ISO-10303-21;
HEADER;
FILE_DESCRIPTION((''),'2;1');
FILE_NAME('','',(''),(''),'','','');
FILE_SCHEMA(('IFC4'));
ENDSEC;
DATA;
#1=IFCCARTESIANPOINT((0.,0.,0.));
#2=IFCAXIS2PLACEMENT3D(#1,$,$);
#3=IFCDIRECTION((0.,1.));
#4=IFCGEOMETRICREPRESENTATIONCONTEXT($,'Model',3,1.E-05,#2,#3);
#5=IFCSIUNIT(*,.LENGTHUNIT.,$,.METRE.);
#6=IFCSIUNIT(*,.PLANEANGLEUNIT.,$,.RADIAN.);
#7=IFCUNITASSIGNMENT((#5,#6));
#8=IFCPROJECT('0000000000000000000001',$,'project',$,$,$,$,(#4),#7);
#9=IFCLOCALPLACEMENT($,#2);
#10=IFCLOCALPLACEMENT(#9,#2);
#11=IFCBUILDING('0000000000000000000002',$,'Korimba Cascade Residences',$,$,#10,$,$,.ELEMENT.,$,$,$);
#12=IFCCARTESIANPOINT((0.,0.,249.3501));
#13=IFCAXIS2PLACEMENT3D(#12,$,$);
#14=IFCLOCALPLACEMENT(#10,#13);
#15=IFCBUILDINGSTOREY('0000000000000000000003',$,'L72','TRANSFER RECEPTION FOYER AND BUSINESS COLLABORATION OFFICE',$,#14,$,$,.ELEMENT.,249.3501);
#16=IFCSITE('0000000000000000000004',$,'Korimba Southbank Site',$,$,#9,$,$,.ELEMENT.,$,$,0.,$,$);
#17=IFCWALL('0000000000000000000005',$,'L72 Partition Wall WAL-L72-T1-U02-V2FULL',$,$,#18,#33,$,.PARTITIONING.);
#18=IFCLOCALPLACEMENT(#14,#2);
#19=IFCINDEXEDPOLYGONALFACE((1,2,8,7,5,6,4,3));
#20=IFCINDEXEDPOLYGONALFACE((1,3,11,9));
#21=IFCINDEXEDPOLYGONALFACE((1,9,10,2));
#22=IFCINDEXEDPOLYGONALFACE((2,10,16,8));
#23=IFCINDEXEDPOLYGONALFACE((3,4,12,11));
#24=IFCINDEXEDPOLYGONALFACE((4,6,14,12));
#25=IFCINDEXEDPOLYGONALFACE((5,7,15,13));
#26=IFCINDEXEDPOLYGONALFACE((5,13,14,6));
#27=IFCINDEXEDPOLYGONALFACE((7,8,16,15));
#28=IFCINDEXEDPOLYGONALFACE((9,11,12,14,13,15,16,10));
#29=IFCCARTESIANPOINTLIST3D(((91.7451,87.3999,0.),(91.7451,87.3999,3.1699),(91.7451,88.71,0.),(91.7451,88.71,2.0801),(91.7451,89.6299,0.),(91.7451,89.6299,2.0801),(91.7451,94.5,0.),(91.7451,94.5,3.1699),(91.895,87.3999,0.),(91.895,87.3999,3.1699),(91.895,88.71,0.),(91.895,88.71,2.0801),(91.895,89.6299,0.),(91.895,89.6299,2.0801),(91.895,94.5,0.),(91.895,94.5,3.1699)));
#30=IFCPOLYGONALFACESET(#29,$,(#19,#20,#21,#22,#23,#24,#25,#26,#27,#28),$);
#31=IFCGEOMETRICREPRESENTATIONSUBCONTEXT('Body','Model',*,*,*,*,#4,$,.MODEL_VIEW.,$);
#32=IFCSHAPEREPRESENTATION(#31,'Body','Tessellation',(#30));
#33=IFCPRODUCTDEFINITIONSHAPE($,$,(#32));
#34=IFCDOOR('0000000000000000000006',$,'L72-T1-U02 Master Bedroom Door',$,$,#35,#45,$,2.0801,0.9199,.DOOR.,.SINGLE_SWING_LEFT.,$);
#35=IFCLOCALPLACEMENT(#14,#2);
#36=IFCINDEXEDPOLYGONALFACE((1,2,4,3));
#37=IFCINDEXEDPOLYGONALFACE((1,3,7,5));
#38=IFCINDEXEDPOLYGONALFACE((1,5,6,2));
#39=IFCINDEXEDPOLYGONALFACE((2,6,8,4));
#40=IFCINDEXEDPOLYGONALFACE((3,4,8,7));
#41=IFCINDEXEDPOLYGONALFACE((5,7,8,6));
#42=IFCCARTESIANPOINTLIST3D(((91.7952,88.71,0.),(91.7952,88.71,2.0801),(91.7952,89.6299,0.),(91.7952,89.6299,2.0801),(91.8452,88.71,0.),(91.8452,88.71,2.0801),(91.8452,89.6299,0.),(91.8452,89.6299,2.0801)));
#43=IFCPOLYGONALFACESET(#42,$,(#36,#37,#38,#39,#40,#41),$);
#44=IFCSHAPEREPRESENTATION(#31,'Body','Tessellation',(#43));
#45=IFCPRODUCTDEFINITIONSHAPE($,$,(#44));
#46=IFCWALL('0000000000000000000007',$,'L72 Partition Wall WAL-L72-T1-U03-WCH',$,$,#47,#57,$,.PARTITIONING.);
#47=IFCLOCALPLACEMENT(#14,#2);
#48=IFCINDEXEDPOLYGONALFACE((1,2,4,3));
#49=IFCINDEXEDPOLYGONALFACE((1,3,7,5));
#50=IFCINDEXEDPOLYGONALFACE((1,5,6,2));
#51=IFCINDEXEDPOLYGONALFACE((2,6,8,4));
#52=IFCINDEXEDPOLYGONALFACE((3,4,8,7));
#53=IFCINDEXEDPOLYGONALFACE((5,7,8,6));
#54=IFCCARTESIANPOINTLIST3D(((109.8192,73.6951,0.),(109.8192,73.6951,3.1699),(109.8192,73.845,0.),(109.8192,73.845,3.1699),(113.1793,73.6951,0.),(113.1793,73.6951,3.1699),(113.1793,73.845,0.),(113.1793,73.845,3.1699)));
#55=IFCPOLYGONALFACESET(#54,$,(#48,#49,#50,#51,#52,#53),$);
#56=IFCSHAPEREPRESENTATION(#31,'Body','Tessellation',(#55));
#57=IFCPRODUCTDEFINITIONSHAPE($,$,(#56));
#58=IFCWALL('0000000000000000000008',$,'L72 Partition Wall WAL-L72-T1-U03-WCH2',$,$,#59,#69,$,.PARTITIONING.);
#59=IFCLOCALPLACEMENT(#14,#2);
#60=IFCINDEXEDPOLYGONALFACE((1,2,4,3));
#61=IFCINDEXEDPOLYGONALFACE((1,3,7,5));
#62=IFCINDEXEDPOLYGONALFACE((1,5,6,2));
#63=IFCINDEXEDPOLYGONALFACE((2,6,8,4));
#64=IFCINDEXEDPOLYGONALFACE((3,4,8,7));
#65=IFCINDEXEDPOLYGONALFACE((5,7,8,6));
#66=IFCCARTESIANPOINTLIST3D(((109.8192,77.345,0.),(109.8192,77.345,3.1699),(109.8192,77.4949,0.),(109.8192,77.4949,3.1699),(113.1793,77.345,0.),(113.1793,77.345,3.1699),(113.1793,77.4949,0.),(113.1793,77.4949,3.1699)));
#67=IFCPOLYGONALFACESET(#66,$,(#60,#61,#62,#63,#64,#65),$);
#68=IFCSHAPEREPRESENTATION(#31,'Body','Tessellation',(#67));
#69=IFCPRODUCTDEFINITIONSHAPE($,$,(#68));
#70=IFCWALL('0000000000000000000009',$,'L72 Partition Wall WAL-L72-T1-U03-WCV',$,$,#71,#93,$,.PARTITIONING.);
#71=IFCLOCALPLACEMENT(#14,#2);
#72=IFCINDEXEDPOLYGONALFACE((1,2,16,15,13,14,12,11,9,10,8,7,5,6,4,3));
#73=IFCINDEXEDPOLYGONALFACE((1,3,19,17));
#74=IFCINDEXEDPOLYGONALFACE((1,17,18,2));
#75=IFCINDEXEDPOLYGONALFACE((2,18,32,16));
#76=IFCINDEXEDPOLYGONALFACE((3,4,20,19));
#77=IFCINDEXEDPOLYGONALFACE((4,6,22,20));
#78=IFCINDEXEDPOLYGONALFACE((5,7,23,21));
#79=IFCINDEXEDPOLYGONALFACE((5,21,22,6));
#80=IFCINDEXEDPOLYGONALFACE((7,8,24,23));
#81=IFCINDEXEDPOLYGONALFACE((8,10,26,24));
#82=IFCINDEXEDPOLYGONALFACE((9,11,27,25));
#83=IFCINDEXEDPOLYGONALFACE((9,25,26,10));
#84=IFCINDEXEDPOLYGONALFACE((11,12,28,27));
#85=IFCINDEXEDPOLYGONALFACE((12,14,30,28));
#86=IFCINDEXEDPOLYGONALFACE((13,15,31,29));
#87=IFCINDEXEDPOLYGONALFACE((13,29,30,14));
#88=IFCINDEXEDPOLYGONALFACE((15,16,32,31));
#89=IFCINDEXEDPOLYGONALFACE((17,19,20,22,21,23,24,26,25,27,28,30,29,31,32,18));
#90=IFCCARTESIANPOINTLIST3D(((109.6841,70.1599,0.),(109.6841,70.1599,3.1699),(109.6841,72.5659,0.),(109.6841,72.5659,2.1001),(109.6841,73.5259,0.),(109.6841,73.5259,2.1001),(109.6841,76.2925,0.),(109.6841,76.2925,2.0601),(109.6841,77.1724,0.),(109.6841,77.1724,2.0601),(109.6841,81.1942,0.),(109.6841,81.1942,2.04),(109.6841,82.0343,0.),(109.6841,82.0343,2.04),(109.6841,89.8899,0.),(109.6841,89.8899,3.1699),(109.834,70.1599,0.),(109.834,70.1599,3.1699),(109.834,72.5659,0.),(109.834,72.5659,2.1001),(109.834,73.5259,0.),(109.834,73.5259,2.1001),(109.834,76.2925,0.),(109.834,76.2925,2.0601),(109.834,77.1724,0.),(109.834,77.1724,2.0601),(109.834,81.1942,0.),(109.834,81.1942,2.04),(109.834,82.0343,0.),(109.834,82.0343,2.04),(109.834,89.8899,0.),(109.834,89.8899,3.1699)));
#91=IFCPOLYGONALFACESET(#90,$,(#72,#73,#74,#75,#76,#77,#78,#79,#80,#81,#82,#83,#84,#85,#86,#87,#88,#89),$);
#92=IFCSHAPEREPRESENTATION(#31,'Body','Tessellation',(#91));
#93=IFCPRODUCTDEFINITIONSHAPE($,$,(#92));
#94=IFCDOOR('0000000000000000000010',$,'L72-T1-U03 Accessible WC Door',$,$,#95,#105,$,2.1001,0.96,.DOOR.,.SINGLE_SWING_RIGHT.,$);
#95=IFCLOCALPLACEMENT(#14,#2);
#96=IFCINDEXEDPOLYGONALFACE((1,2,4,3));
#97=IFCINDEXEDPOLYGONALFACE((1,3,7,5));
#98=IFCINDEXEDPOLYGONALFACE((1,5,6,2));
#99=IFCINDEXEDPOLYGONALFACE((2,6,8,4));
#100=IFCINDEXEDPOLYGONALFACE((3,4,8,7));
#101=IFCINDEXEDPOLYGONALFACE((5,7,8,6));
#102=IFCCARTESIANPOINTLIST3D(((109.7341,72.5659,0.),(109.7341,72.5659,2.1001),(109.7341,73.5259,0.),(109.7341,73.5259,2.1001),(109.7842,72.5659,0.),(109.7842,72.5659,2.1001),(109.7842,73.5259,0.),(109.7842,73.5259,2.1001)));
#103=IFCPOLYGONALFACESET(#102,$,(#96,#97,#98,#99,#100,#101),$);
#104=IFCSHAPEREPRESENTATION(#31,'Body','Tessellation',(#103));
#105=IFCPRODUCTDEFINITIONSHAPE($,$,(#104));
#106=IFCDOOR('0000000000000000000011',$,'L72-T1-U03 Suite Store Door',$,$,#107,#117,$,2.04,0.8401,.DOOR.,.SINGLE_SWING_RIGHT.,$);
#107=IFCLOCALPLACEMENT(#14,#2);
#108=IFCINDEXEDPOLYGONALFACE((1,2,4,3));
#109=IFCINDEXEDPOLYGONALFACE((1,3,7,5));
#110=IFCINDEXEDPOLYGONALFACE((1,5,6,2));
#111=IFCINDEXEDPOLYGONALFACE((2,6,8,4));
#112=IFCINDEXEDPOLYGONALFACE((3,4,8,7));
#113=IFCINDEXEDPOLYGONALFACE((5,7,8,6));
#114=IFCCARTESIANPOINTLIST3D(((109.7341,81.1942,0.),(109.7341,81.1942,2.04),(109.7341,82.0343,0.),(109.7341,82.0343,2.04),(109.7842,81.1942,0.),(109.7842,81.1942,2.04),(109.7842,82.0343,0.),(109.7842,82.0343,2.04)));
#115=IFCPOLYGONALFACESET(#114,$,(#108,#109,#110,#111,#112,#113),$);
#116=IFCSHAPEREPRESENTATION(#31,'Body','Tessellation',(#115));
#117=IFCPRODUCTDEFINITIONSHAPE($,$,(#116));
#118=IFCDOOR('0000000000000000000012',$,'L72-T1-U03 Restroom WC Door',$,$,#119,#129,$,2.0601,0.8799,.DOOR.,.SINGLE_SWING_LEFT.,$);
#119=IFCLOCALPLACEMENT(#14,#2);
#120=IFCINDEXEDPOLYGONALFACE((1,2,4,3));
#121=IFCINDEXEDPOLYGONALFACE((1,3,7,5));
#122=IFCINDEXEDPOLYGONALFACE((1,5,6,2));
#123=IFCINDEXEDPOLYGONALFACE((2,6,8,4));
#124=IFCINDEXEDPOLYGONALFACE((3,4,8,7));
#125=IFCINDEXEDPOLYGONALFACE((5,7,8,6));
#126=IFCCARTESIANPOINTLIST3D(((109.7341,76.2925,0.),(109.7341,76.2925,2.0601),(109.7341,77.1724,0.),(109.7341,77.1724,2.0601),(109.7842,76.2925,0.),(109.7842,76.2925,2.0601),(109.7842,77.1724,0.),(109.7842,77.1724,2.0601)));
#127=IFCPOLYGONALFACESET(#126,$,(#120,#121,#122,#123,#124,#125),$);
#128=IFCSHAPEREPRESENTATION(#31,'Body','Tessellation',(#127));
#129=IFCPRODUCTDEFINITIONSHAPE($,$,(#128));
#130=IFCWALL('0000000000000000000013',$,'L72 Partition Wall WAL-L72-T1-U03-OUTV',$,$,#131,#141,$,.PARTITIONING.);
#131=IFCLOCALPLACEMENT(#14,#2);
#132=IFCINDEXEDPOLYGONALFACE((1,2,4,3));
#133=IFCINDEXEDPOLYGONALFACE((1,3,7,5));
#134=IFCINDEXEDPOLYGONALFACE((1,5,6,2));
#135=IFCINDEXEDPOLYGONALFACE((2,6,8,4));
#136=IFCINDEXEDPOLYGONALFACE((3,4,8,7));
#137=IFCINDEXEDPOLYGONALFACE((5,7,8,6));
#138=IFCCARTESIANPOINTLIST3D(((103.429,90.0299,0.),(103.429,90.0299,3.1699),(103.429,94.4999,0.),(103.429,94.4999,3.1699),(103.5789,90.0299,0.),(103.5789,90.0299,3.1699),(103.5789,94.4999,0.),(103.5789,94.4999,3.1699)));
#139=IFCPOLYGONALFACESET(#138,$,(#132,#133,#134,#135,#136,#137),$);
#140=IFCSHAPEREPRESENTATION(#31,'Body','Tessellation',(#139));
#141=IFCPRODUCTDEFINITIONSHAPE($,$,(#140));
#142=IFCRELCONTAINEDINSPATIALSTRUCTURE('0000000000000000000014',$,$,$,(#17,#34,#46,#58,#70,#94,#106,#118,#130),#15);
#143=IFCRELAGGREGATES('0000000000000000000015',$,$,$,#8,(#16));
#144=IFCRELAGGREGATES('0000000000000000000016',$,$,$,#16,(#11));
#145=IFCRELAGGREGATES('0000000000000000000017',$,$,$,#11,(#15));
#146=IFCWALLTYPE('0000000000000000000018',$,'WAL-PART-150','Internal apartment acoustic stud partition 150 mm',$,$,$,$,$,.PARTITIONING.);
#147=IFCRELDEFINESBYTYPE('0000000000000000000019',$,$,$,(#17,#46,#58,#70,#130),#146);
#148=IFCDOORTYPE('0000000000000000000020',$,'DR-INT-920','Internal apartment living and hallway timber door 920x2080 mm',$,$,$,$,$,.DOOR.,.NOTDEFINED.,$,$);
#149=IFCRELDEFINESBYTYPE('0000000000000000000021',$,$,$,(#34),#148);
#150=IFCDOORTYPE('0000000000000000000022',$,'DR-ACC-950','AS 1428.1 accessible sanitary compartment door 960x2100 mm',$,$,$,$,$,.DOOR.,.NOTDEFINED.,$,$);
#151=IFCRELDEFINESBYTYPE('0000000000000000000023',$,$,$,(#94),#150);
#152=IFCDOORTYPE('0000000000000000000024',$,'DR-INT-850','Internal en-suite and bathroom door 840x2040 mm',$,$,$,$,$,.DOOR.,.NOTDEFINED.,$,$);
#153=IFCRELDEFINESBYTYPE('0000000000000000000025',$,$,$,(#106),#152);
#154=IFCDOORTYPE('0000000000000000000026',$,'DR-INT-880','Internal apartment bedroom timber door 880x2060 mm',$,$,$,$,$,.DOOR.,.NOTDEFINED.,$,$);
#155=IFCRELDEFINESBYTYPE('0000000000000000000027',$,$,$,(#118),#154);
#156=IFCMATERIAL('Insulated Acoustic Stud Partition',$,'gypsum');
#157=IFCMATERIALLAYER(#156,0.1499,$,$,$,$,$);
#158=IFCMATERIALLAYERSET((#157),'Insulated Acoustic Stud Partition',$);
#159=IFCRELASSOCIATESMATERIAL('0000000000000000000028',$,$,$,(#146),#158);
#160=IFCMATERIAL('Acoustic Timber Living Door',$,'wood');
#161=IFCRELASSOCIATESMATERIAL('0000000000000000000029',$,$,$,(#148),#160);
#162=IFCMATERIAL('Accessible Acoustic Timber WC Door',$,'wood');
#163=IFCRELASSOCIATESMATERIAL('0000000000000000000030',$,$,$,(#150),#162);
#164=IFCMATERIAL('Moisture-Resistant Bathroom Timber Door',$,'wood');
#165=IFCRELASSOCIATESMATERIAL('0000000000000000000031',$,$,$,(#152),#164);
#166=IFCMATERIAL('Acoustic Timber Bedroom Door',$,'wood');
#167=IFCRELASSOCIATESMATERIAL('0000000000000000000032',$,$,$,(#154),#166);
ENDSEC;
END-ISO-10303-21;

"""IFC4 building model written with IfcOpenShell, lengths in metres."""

from ifc_helpers import new_model, si_unit, direction, frame, frame_2d, origin, place, context, subcontext, project, spatial, rectangle, extrude, material, layer, layer_set, type_object, element, fill, save


model = new_model("IFC4")

# Units and contexts
model_context = context("Model", 3, precision=1e-05, world=origin(), true_north=direction((0.0, 1.0)))
body_context = subcontext(model_context, "Body", "Model", "MODEL_VIEW")
ifc_project = project(units=[si_unit("LENGTHUNIT", "METRE"), si_unit("PLANEANGLEUNIT", "RADIAN")], contexts=[model_context])

# Site, building, storey
site_placement = place(None, origin())
site = spatial("IfcSite", under=ifc_project, at=site_placement, Name="Korimba Southbank Site", CompositionType="ELEMENT", RefElevation=0.0)
building_placement = place(site_placement, origin())
building = spatial("IfcBuilding", under=site, at=building_placement, Name="Korimba Cascade Residences", CompositionType="ELEMENT")
storey_placement = place(building_placement, frame((0.0, 0.0, 249.3501)))
storey = spatial("IfcBuildingStorey", under=building, at=storey_placement, Name="L72", Description="TRANSFER RECEPTION FOYER AND BUSINESS COLLABORATION OFFICE", CompositionType="ELEMENT", Elevation=249.3501)

# Shared definitions
ifc_material_1 = material(Name="Insulated Acoustic Stud Partition", Category="gypsum")
ifc_layer_1 = layer(ifc_material_1, 0.1499)
ifc_layer_set_1 = layer_set([ifc_layer_1], Name="Insulated Acoustic Stud Partition")
wall_type_1 = type_object("IfcWallType", Name="WAL-PART-150", Description="Internal apartment acoustic stud partition 150 mm", PredefinedType="PARTITIONING", material=ifc_layer_set_1)

# Wall, opening, door
wall_1_placement = place(storey_placement, frame((91.8201, 87.3999, 0.0), z_axis=(0.0, 0.0, 1.0), x_axis=(0.0, 1.0, 0.0)))
wall_1 = element("IfcWall", 1, at=wall_1_placement, inside=storey, type_object=wall_type_1, Name="L72 Partition Wall WAL-L72-T1-U02-V2FULL", PredefinedType="PARTITIONING", context=body_context, shape_type="SweptSolid", body=[
    extrude(rectangle(XDim=7.1001, YDim=0.1499, at=frame_2d((3.55, 0.0))), origin(), (0.0, 0.0, 1.0), 3.1699),
])
opening_1_placement = place(wall_1_placement, frame((1.3101, 0.0, 0.0)))
opening_1 = element("IfcOpeningElement", 2, at=opening_1_placement, cuts=wall_1, PredefinedType="OPENING", context=body_context, shape_type="SweptSolid", body=[
    extrude(rectangle(XDim=0.9199, YDim=2.0801, at=frame_2d((0.46, 1.04))), frame((0.0, 0.085, 0.0), z_axis=(0.0, -1.0, 0.0), x_axis=(1.0, 0.0, 0.0)), (0.0, 0.0, 1.0), 0.1699),
])
ifc_material_2 = material(Name="Acoustic Timber Living Door", Category="wood")
door_type_1 = type_object("IfcDoorType", Name="DR-INT-920", Description="Internal apartment living and hallway timber door 920x2080 mm", OperationType="NOTDEFINED", PredefinedType="DOOR", material=ifc_material_2)
door_1_placement = place(opening_1_placement, origin())
door_1 = element("IfcDoor", 3, at=door_1_placement, inside=storey, type_object=door_type_1, Name="L72-T1-U02 Master Bedroom Door", OperationType="SINGLE_SWING_LEFT", OverallHeight=2.0801, OverallWidth=0.9199, PredefinedType="DOOR", context=body_context, shape_type="SweptSolid", body=[
    extrude(rectangle(XDim=0.9199, YDim=2.0801, at=frame_2d((0.46, 1.04))), frame((0.0, 0.0249, 0.0), z_axis=(0.0, -1.0, 0.0), x_axis=(1.0, 0.0, 0.0)), (0.0, 0.0, 1.0), 0.05),
])
fill(opening_1, door_1)

# Walls
for number, where, z_axis, x_axis, name in (
    (4, (109.8191, 73.77, 0.0), (0.0, 0.0, 1.0), (1.0, 0.0, 0.0), "L72 Partition Wall WAL-L72-T1-U03-WCH"),
    (5, (109.8191, 77.4199, 0.0), (0.0, 0.0, 1.0), (1.0, 0.0, 0.0), "L72 Partition Wall WAL-L72-T1-U03-WCH2"),
):
    element("IfcWall", number, at=place(storey_placement, frame(where, z_axis=z_axis, x_axis=x_axis)), inside=storey, type_object=wall_type_1, Name=name, PredefinedType="PARTITIONING", context=body_context, shape_type="SweptSolid", body=[
        extrude(rectangle(XDim=3.3601, YDim=0.1499, at=frame_2d((1.6802, 0.0))), origin(), (0.0, 0.0, 1.0), 3.1699),
    ])

# Wall, openings, doors
wall_2_placement = place(storey_placement, frame((109.759, 70.1599, 0.0), z_axis=(0.0, 0.0, 1.0), x_axis=(0.0, 1.0, 0.0)))
wall_2 = element("IfcWall", 6, at=wall_2_placement, inside=storey, type_object=wall_type_1, Name="L72 Partition Wall WAL-L72-T1-U03-WCV", PredefinedType="PARTITIONING", context=body_context, shape_type="SweptSolid", body=[
    extrude(rectangle(XDim=19.73, YDim=0.1499, at=frame_2d((9.865, 0.0))), origin(), (0.0, 0.0, 1.0), 3.1699),
])
opening_2_placement = place(wall_2_placement, frame((2.406, 0.0, 0.0)))
opening_2 = element("IfcOpeningElement", 7, at=opening_2_placement, cuts=wall_2, PredefinedType="OPENING", context=body_context, shape_type="SweptSolid", body=[
    extrude(rectangle(XDim=0.96, YDim=2.1001, at=frame_2d((0.48, 1.05))), frame((0.0, 0.085, 0.0), z_axis=(0.0, -1.0, 0.0), x_axis=(1.0, 0.0, 0.0)), (0.0, 0.0, 1.0), 0.1699),
])
opening_3_placement = place(wall_2_placement, frame((6.1326, 0.0, 0.0)))
opening_3 = element("IfcOpeningElement", 8, at=opening_3_placement, cuts=wall_2, PredefinedType="OPENING", context=body_context, shape_type="SweptSolid", body=[
    extrude(rectangle(XDim=0.8799, YDim=2.0601, at=frame_2d((0.4399, 1.03))), frame((0.0, 0.085, 0.0), z_axis=(0.0, -1.0, 0.0), x_axis=(1.0, 0.0, 0.0)), (0.0, 0.0, 1.0), 0.1699),
])
opening_4_placement = place(wall_2_placement, frame((11.0344, 0.0, 0.0)))
opening_4 = element("IfcOpeningElement", 9, at=opening_4_placement, cuts=wall_2, PredefinedType="OPENING", context=body_context, shape_type="SweptSolid", body=[
    extrude(rectangle(XDim=0.8401, YDim=2.04, at=frame_2d((0.4199, 1.02))), frame((0.0, 0.085, 0.0), z_axis=(0.0, -1.0, 0.0), x_axis=(1.0, 0.0, 0.0)), (0.0, 0.0, 1.0), 0.1699),
])
ifc_material_3 = material(Name="Accessible Acoustic Timber WC Door", Category="wood")
door_type_2 = type_object("IfcDoorType", Name="DR-ACC-950", Description="AS 1428.1 accessible sanitary compartment door 960x2100 mm", OperationType="NOTDEFINED", PredefinedType="DOOR", material=ifc_material_3)
door_2_placement = place(opening_2_placement, origin())
door_2 = element("IfcDoor", 10, at=door_2_placement, inside=storey, type_object=door_type_2, Name="L72-T1-U03 Accessible WC Door", OperationType="SINGLE_SWING_RIGHT", OverallHeight=2.1001, OverallWidth=0.96, PredefinedType="DOOR", context=body_context, shape_type="SweptSolid", body=[
    extrude(rectangle(XDim=0.96, YDim=2.1001, at=frame_2d((0.48, 1.05))), frame((0.0, 0.0249, 0.0), z_axis=(0.0, -1.0, 0.0), x_axis=(1.0, 0.0, 0.0)), (0.0, 0.0, 1.0), 0.05),
])
fill(opening_2, door_2)
ifc_material_4 = material(Name="Moisture-Resistant Bathroom Timber Door", Category="wood")
door_type_3 = type_object("IfcDoorType", Name="DR-INT-850", Description="Internal en-suite and bathroom door 840x2040 mm", OperationType="NOTDEFINED", PredefinedType="DOOR", material=ifc_material_4)
door_3_placement = place(opening_4_placement, origin())
door_3 = element("IfcDoor", 11, at=door_3_placement, inside=storey, type_object=door_type_3, Name="L72-T1-U03 Suite Store Door", OperationType="SINGLE_SWING_RIGHT", OverallHeight=2.04, OverallWidth=0.8401, PredefinedType="DOOR", context=body_context, shape_type="SweptSolid", body=[
    extrude(rectangle(XDim=0.8401, YDim=2.04, at=frame_2d((0.4199, 1.02))), frame((0.0, 0.0249, 0.0), z_axis=(0.0, -1.0, 0.0), x_axis=(1.0, 0.0, 0.0)), (0.0, 0.0, 1.0), 0.05),
])
fill(opening_4, door_3)
ifc_material_5 = material(Name="Acoustic Timber Bedroom Door", Category="wood")
door_type_4 = type_object("IfcDoorType", Name="DR-INT-880", Description="Internal apartment bedroom timber door 880x2060 mm", OperationType="NOTDEFINED", PredefinedType="DOOR", material=ifc_material_5)
door_4_placement = place(opening_3_placement, origin())
door_4 = element("IfcDoor", 12, at=door_4_placement, inside=storey, type_object=door_type_4, Name="L72-T1-U03 Restroom WC Door", OperationType="SINGLE_SWING_LEFT", OverallHeight=2.0601, OverallWidth=0.8799, PredefinedType="DOOR", context=body_context, shape_type="SweptSolid", body=[
    extrude(rectangle(XDim=0.8799, YDim=2.0601, at=frame_2d((0.4399, 1.03))), frame((0.0, 0.0249, 0.0), z_axis=(0.0, -1.0, 0.0), x_axis=(1.0, 0.0, 0.0)), (0.0, 0.0, 1.0), 0.05),
])
fill(opening_3, door_4)

# Wall
wall_3_placement = place(storey_placement, frame((103.5039, 90.03, 0.0), z_axis=(0.0, 0.0, 1.0), x_axis=(0.0, 1.0, 0.0)))
element("IfcWall", 13, at=wall_3_placement, inside=storey, type_object=wall_type_1, Name="L72 Partition Wall WAL-L72-T1-U03-OUTV", PredefinedType="PARTITIONING", context=body_context, shape_type="SweptSolid", body=[
    extrude(rectangle(XDim=4.47, YDim=0.1499, at=frame_2d((2.2349, 0.0))), origin(), (0.0, 0.0, 1.0), 3.1699),
])

save(model, "model.ifc")
